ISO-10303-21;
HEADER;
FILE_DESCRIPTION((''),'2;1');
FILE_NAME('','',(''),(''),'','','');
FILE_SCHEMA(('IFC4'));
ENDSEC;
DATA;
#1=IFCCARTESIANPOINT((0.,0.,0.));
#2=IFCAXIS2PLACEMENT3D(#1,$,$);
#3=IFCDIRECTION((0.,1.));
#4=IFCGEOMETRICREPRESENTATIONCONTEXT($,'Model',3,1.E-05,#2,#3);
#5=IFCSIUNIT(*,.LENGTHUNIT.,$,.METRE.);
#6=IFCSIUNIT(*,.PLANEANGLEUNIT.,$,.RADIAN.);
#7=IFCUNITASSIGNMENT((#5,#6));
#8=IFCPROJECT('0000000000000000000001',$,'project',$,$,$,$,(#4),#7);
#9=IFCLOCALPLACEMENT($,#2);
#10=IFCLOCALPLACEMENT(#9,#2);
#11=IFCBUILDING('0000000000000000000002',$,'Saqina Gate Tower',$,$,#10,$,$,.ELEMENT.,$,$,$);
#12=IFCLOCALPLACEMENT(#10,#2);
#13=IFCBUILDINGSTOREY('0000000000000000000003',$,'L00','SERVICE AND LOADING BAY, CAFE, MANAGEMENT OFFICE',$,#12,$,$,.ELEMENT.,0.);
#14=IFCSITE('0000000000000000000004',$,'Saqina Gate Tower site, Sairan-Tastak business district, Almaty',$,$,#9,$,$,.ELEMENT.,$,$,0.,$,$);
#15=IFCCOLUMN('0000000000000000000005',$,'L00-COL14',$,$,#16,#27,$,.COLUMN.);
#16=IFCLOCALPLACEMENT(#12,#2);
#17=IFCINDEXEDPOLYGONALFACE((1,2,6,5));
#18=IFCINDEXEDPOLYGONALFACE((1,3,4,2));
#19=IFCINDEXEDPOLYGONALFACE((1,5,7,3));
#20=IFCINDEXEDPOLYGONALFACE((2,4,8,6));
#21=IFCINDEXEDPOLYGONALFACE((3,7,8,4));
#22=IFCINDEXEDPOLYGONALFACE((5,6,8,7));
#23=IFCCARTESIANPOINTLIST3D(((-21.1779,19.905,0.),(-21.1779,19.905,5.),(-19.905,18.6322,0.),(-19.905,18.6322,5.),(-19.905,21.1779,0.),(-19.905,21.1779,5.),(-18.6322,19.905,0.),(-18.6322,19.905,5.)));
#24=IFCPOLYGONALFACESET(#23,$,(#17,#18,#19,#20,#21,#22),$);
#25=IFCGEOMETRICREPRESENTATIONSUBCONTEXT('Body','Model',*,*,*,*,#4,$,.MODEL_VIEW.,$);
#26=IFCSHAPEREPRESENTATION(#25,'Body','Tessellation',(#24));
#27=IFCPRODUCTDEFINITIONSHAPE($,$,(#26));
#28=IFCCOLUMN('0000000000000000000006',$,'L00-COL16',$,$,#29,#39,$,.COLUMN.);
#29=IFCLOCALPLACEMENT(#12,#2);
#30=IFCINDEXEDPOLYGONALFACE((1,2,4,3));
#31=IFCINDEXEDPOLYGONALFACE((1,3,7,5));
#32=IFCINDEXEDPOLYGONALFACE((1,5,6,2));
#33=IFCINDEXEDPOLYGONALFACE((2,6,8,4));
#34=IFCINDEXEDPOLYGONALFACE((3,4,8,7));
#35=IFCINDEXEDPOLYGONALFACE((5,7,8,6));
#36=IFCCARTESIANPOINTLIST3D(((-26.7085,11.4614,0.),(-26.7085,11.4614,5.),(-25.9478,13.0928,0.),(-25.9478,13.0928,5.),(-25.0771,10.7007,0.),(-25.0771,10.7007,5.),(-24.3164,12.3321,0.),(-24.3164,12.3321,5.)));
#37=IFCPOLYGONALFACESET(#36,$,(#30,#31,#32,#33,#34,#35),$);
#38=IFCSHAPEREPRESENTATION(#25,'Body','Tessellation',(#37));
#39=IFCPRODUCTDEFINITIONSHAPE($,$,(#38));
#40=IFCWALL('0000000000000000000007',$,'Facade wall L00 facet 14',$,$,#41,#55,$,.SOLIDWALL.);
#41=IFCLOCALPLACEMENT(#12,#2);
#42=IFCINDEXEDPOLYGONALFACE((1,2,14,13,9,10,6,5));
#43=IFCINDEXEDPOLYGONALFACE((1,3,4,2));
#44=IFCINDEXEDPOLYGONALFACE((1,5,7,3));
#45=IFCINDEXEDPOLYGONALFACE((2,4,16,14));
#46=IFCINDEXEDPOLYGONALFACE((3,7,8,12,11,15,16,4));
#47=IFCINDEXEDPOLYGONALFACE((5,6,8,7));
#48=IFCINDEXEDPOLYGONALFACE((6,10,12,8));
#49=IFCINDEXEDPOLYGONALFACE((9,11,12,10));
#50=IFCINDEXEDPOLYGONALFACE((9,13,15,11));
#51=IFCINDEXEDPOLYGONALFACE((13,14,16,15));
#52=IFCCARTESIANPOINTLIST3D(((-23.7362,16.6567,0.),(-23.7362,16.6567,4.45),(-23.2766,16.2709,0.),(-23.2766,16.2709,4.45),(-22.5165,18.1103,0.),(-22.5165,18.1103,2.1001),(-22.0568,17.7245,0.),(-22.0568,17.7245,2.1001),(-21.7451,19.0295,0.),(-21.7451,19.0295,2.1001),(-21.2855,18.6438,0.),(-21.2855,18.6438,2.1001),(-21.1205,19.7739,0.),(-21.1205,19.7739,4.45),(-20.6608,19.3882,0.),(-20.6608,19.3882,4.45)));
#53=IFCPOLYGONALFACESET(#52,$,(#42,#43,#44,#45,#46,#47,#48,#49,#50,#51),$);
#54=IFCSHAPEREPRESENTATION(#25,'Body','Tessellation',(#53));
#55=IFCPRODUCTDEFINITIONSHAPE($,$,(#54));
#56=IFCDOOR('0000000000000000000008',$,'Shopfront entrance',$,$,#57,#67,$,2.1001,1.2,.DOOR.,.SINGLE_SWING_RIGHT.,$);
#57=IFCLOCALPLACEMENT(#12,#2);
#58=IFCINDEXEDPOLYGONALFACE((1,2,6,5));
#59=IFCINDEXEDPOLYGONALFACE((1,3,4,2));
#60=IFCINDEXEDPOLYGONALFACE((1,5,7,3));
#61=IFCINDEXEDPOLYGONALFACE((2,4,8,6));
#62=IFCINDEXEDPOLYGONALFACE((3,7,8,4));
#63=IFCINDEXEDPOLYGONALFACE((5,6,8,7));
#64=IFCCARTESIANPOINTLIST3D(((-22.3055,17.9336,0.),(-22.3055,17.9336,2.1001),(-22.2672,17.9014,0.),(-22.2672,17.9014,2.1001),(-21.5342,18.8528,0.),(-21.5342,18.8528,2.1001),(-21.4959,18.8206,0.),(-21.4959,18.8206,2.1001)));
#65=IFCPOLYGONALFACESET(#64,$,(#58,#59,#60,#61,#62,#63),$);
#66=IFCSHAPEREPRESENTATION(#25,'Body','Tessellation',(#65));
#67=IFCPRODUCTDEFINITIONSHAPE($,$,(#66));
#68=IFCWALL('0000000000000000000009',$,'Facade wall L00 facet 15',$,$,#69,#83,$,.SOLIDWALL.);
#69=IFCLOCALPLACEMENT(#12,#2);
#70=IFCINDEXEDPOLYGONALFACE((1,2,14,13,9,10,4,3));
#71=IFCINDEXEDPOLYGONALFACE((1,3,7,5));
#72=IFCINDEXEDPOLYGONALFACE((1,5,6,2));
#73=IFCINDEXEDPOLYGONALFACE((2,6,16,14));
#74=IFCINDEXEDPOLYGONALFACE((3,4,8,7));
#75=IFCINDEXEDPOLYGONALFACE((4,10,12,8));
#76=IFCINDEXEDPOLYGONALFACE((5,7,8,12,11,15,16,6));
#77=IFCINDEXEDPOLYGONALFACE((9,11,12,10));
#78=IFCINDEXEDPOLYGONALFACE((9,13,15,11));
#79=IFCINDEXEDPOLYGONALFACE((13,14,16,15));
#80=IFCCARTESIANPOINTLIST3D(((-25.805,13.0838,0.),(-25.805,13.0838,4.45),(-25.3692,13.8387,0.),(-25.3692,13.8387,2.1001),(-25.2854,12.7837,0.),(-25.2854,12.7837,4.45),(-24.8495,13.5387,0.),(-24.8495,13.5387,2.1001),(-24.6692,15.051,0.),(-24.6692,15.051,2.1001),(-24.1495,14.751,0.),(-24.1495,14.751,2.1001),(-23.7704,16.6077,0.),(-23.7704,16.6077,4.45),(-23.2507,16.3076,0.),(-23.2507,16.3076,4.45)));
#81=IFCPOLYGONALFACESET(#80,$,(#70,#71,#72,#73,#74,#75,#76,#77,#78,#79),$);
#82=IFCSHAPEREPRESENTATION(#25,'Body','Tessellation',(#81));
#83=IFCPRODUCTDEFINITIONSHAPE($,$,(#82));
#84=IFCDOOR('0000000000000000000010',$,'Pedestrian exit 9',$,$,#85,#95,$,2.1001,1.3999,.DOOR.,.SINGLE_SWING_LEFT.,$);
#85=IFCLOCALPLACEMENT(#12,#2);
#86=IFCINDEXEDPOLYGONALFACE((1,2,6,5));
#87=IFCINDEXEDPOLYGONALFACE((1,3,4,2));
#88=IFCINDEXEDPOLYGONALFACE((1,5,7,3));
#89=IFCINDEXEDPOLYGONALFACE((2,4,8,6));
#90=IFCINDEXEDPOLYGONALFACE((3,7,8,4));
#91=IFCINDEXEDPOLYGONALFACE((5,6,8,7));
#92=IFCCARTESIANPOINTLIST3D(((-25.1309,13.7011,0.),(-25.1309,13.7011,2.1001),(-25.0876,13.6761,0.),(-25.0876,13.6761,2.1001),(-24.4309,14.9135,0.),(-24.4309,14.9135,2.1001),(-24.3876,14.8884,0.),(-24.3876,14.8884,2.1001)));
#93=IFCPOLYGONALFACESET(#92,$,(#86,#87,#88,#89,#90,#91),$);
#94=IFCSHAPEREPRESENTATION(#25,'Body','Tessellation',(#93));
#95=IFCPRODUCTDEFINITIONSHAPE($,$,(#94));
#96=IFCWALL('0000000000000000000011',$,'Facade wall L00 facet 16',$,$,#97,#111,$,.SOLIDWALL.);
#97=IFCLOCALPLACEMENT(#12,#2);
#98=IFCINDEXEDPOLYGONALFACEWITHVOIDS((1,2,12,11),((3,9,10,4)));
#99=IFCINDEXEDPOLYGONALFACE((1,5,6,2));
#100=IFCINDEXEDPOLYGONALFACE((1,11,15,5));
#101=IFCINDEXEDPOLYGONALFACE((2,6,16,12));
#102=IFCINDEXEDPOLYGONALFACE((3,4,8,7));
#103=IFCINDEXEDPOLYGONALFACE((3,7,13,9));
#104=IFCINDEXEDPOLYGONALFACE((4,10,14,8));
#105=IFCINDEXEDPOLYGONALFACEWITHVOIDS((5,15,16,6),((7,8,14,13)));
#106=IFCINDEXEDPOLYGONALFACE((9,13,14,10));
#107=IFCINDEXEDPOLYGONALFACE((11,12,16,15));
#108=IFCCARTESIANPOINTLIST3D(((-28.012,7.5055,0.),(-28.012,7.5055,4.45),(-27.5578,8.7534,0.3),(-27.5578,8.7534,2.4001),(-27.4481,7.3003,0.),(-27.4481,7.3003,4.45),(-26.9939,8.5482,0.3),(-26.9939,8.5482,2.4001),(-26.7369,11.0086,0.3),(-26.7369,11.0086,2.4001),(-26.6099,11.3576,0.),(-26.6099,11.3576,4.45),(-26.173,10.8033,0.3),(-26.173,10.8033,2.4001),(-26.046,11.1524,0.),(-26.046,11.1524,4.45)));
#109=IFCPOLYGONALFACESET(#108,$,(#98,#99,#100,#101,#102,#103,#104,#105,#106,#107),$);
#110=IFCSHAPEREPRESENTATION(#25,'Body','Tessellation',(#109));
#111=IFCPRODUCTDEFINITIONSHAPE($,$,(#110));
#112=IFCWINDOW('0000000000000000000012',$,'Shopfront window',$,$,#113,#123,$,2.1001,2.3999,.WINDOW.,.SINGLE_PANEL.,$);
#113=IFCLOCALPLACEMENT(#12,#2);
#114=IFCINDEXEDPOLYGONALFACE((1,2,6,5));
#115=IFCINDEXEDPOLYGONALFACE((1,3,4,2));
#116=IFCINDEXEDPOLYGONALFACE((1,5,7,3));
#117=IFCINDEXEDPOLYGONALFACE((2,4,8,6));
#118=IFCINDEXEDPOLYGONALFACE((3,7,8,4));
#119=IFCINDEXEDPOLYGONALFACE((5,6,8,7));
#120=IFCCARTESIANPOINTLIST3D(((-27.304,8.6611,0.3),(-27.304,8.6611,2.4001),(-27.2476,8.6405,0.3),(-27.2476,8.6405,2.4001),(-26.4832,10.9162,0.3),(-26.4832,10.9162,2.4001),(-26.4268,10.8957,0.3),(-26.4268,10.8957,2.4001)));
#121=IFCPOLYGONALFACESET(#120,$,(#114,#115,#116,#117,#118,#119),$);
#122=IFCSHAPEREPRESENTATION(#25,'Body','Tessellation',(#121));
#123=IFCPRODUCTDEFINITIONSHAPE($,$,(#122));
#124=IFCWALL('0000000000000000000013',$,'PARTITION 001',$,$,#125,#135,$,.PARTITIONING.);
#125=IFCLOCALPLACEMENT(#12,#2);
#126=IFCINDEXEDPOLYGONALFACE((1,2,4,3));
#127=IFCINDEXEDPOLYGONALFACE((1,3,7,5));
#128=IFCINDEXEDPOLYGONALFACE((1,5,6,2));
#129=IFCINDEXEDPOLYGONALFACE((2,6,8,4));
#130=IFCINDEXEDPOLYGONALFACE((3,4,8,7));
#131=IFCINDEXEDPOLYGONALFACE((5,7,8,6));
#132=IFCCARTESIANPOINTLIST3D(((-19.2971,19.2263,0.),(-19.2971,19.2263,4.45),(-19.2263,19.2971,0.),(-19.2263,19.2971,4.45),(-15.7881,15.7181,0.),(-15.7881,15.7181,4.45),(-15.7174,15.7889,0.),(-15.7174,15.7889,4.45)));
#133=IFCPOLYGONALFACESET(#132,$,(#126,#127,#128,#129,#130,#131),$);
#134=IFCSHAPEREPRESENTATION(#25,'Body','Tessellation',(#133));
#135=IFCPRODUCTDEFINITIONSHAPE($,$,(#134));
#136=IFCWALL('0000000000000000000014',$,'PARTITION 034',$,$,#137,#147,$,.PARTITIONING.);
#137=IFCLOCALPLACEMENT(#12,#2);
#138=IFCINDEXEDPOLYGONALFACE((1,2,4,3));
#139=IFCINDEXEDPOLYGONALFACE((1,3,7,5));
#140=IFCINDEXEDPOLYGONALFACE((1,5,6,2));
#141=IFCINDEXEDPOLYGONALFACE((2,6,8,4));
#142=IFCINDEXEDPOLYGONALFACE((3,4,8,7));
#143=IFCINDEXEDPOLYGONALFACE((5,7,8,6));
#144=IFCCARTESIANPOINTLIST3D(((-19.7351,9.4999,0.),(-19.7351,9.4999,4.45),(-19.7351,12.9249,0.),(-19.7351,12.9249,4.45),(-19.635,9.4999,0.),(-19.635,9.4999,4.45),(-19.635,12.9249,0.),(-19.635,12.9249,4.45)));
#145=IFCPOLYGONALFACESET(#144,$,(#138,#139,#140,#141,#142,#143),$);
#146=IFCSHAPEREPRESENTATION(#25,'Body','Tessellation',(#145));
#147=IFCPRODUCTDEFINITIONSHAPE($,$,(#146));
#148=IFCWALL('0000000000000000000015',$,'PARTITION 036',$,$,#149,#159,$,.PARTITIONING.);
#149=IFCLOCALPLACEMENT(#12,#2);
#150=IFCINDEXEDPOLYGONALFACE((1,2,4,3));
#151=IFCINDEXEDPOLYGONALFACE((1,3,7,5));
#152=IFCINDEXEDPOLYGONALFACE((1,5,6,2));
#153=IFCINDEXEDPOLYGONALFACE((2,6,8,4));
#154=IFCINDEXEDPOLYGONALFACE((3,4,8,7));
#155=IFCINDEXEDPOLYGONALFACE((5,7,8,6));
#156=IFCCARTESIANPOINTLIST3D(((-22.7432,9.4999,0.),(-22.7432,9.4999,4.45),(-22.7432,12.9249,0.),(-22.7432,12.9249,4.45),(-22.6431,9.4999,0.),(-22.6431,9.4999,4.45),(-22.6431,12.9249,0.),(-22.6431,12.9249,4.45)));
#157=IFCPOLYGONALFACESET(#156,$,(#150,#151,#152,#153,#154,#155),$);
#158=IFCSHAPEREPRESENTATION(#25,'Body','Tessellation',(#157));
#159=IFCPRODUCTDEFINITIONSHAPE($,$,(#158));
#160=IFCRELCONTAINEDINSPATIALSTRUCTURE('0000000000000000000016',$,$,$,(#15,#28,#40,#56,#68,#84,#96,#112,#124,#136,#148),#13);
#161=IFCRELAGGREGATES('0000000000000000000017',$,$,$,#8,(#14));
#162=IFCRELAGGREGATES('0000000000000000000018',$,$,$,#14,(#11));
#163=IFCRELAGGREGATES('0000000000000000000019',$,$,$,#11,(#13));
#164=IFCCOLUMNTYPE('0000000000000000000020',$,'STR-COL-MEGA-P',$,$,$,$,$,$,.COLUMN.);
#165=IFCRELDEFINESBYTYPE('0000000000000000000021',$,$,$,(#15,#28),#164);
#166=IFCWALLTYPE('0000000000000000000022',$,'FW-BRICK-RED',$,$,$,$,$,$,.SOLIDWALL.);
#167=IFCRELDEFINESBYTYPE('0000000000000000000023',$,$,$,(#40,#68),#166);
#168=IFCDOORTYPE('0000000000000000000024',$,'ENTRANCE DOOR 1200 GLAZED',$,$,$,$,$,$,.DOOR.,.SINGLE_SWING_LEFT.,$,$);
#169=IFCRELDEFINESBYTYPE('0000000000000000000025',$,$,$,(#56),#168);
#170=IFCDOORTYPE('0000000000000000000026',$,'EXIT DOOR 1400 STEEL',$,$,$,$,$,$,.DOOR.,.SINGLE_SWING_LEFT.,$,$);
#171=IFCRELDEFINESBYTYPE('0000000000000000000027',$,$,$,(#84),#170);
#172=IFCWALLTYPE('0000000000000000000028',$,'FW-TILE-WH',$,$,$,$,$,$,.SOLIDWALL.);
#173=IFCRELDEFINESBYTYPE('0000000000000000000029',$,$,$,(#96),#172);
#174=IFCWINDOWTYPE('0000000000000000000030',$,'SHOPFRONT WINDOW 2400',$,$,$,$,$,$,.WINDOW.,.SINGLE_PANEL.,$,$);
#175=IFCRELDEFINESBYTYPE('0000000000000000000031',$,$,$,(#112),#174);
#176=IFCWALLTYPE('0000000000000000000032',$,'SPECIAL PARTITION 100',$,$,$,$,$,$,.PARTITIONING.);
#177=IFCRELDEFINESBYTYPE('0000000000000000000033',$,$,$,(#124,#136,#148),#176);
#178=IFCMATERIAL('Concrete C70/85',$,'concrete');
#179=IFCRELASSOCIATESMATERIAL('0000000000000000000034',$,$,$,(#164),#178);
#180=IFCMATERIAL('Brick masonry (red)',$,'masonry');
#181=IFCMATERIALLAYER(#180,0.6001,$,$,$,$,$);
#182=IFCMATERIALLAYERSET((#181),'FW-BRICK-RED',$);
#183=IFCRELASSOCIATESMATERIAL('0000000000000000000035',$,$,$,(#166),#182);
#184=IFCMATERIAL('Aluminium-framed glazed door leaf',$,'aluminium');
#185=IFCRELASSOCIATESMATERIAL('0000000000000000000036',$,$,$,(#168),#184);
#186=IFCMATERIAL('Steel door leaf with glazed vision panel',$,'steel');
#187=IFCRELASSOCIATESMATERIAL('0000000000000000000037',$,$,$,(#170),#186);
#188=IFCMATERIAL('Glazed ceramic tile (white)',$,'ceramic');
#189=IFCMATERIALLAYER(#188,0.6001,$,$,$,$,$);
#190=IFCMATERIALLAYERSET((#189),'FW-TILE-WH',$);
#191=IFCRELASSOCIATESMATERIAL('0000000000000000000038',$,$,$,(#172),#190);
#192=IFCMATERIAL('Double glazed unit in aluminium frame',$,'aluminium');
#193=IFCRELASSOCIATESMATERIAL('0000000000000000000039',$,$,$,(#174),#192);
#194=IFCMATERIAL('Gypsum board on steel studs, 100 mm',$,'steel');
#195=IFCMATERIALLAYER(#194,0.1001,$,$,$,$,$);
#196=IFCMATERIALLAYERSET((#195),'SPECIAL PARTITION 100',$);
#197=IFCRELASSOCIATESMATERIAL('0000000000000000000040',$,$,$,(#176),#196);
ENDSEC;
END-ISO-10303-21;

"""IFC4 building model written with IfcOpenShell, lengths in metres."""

from ifc_helpers import new_model, si_unit, direction, frame, frame_2d, origin, origin_2d, place, context, subcontext, project, spatial, rectangle, extrude, material, layer, layer_set, material_profile, profile_set, type_object, element, fill, save


model = new_model("IFC4")

# Units and contexts
model_context = context("Model", 3, precision=1e-05, world=origin(), true_north=direction((0.0, 1.0)))
body_context = subcontext(model_context, "Body", "Model", "MODEL_VIEW")
ifc_project = project(units=[si_unit("LENGTHUNIT", "METRE"), si_unit("PLANEANGLEUNIT", "RADIAN")], contexts=[model_context])

# Site, building, storey
site_placement = place(None, origin())
site = spatial("IfcSite", under=ifc_project, at=site_placement, Name="Saqina Gate Tower site, Sairan-Tastak business district, Almaty", CompositionType="ELEMENT", RefElevation=0.0)
building_placement = place(site_placement, origin())
building = spatial("IfcBuilding", under=site, at=building_placement, Name="Saqina Gate Tower", CompositionType="ELEMENT")
storey_placement = place(building_placement, origin())
storey = spatial("IfcBuildingStorey", under=building, at=storey_placement, Name="L00", Description="SERVICE AND LOADING BAY, CAFE, MANAGEMENT OFFICE", CompositionType="ELEMENT", Elevation=0.0)

# Columns
ifc_material_1 = material(Name="Concrete C70/85", Category="concrete")
ifc_material_profile = material_profile(ifc_material_1, rectangle(XDim=1.8, YDim=1.8, at=origin_2d()), Name="RC 1800x1800")
ifc_profile_set = profile_set([ifc_material_profile], Name="Concrete C70/85")
column_type = type_object("IfcColumnType", Name="STR-COL-MEGA-P", PredefinedType="COLUMN", material=ifc_profile_set)
for number, where, z_axis, x_axis, name in (
    (1, (-19.905, 19.905, 0.0), (0.0, 0.0, 1.0), (-0.707107, 0.707107, 0.0), "L00-COL14"),
    (2, (-25.5125, 11.8967, 0.0), (0.0, 0.0, 1.0), (-0.906308, 0.422618, 0.0), "L00-COL16"),
):
    element("IfcColumn", number, at=place(storey_placement, frame(where, z_axis=z_axis, x_axis=x_axis)), inside=storey, type_object=column_type, Name=name, PredefinedType="COLUMN", context=body_context, shape_type="SweptSolid", body=[
        extrude(rectangle(XDim=1.8, YDim=1.8, at=origin_2d()), origin(), (0.0, 0.0, 1.0), 5.0),
    ])

# Walls, openings, doors
ifc_material_2 = material(Name="Brick masonry (red)", Category="masonry")
ifc_layer_1 = layer(ifc_material_2, 0.6001)
ifc_layer_set_1 = layer_set([ifc_layer_1], Name="FW-BRICK-RED")
wall_type_1 = type_object("IfcWallType", Name="FW-BRICK-RED", PredefinedType="SOLIDWALL", material=ifc_layer_set_1)
wall_1_placement = place(storey_placement, frame((-20.8906, 19.5811, 0.0), z_axis=(0.0, 0.0, 1.0), x_axis=(-0.642801, -0.766033, 0.0)))
wall_1 = element("IfcWall", 3, at=wall_1_placement, inside=storey, type_object=wall_type_1, Name="Facade wall L00 facet 14", PredefinedType="SOLIDWALL", context=body_context, shape_type="SweptSolid", body=[
    extrude(rectangle(XDim=4.0693, YDim=0.6001, at=frame_2d((2.0347, 0.0))), origin(), (0.0, 0.0, 1.0), 4.45),
])
opening_1_placement = place(wall_1_placement, frame((0.9717, 0.0, 0.0)))
opening_1 = element("IfcOpeningElement", 4, at=opening_1_placement, cuts=wall_1, PredefinedType="OPENING", context=body_context, shape_type="SweptSolid", body=[
    extrude(rectangle(XDim=1.2, YDim=2.1001, at=frame_2d((0.6001, 1.05))), frame((0.0, 0.312, 0.0), z_axis=(0.0, -1.0, 0.0), x_axis=(1.0, 0.0, 0.0)), (0.0, 0.0, 1.0), 0.624),
])
ifc_material_3 = material(Name="Aluminium-framed glazed door leaf", Category="aluminium")
door_type_1 = type_object("IfcDoorType", Name="ENTRANCE DOOR 1200 GLAZED", OperationType="SINGLE_SWING_LEFT", PredefinedType="DOOR", material=ifc_material_3)
door_1_placement = place(opening_1_placement, frame((1.2, 0.0, 0.0), z_axis=(0.0, 0.0, 1.0), x_axis=(-1.0, 0.0, 0.0)))
door_1 = element("IfcDoor", 5, at=door_1_placement, inside=storey, type_object=door_type_1, Name="Shopfront entrance", OperationType="SINGLE_SWING_RIGHT", OverallHeight=2.1001, OverallWidth=1.2, PredefinedType="DOOR", context=body_context, shape_type="SweptSolid", body=[
    extrude(rectangle(XDim=1.2, YDim=2.1001, at=frame_2d((0.6001, 1.05))), frame((0.0, 0.0249, 0.0), z_axis=(0.0, -1.0, 0.0), x_axis=(1.0, 0.0, 0.0)), (0.0, 0.0, 1.0), 0.05),
])
fill(opening_1, door_1)
wall_2_placement = place(storey_placement, frame((-23.5105, 16.4578, 0.0), z_axis=(0.0, 0.0, 1.0), x_axis=(-0.500024, -0.866012, 0.0)))
wall_2 = element("IfcWall", 6, at=wall_2_placement, inside=storey, type_object=wall_type_1, Name="Facade wall L00 facet 15", PredefinedType="SOLIDWALL", context=body_context, shape_type="SweptSolid", body=[
    extrude(rectangle(XDim=4.0691, YDim=0.6001, at=frame_2d((2.0347, 0.0))), origin(), (0.0, 0.0, 1.0), 4.45),
])
opening_2_placement = place(wall_2_placement, frame((1.7976, 0.0, 0.0)))
opening_2 = element("IfcOpeningElement", 7, at=opening_2_placement, cuts=wall_2, PredefinedType="OPENING", context=body_context, shape_type="SweptSolid", body=[
    extrude(rectangle(XDim=1.3999, YDim=2.1001, at=frame_2d((0.7, 1.05))), frame((0.0, 0.312, 0.0), z_axis=(0.0, -1.0, 0.0), x_axis=(1.0, 0.0, 0.0)), (0.0, 0.0, 1.0), 0.624),
])
ifc_material_4 = material(Name="Steel door leaf with glazed vision panel", Category="steel")
door_type_2 = type_object("IfcDoorType", Name="EXIT DOOR 1400 STEEL", OperationType="SINGLE_SWING_LEFT", PredefinedType="DOOR", material=ifc_material_4)
door_2_placement = place(opening_2_placement, frame((1.3999, 0.0, 0.0), z_axis=(0.0, 0.0, 1.0), x_axis=(-1.0, 0.0, 0.0)))
door_2 = element("IfcDoor", 8, at=door_2_placement, inside=storey, type_object=door_type_2, Name="Pedestrian exit 9", OperationType="SINGLE_SWING_LEFT", OverallHeight=2.1001, OverallWidth=1.3999, PredefinedType="DOOR", context=body_context, shape_type="SweptSolid", body=[
    extrude(rectangle(XDim=1.3999, YDim=2.1001, at=frame_2d((0.7, 1.05))), frame((0.0, 0.0249, 0.0), z_axis=(0.0, -1.0, 0.0), x_axis=(1.0, 0.0, 0.0)), (0.0, 0.0, 1.0), 0.05),
])
fill(opening_2, door_2)

# Wall, opening, window
ifc_material_5 = material(Name="Glazed ceramic tile (white)", Category="ceramic")
ifc_layer_2 = layer(ifc_material_5, 0.6001)
ifc_layer_set_2 = layer_set([ifc_layer_2], Name="FW-TILE-WH")
wall_type_2 = type_object("IfcWallType", Name="FW-TILE-WH", PredefinedType="SOLIDWALL", material=ifc_layer_set_2)
wall_3_placement = place(storey_placement, frame((-26.3279, 11.2551, 0.0), z_axis=(0.0, 0.0, 1.0), x_axis=(-0.342035, -0.939687, 0.0)))
wall_3 = element("IfcWall", 9, at=wall_3_placement, inside=storey, type_object=wall_type_2, Name="Facade wall L00 facet 16", PredefinedType="SOLIDWALL", context=body_context, shape_type="SweptSolid", body=[
    extrude(rectangle(XDim=4.0994, YDim=0.6001, at=frame_2d((2.0498, 0.0))), origin(), (0.0, 0.0, 1.0), 4.45),
])
opening_3_placement = place(wall_3_placement, frame((0.3716, 0.0, 0.3)))
opening_3 = element("IfcOpeningElement", 10, at=opening_3_placement, cuts=wall_3, PredefinedType="OPENING", context=body_context, shape_type="SweptSolid", body=[
    extrude(rectangle(XDim=2.3999, YDim=2.1001, at=frame_2d((1.2, 1.05))), frame((0.0, 0.312, 0.0), z_axis=(0.0, -1.0, 0.0), x_axis=(1.0, 0.0, 0.0)), (0.0, 0.0, 1.0), 0.624),
])
ifc_material_6 = material(Name="Double glazed unit in aluminium frame", Category="aluminium")
window_type = type_object("IfcWindowType", Name="SHOPFRONT WINDOW 2400", PartitioningType="SINGLE_PANEL", PredefinedType="WINDOW", material=ifc_material_6)
window_placement = place(opening_3_placement, origin())
window = element("IfcWindow", 11, at=window_placement, inside=storey, type_object=window_type, Name="Shopfront window", OverallHeight=2.1001, OverallWidth=2.3999, PartitioningType="SINGLE_PANEL", PredefinedType="WINDOW", context=body_context, shape_type="SweptSolid", body=[
    extrude(rectangle(XDim=2.3999, YDim=2.1001, at=frame_2d((1.2, 1.05))), frame((0.0, 0.03, 0.0), z_axis=(0.0, -1.0, 0.0), x_axis=(1.0, 0.0, 0.0)), (0.0, 0.0, 1.0), 0.0601),
])
fill(opening_3, window)

# Walls
ifc_material_7 = material(Name="Gypsum board on steel studs, 100 mm", Category="steel")
ifc_layer_3 = layer(ifc_material_7, 0.1001)
ifc_layer_set_3 = layer_set([ifc_layer_3], Name="SPECIAL PARTITION 100")
wall_type_3 = type_object("IfcWallType", Name="SPECIAL PARTITION 100", PredefinedType="PARTITIONING", material=ifc_layer_set_3)
wall_4_placement = place(storey_placement, frame((-19.2617, 19.2617, 0.0), z_axis=(0.0, 0.0, 1.0), x_axis=(0.707181, -0.707033, 0.0)))
element("IfcWall", 12, at=wall_4_placement, inside=storey, type_object=wall_type_3, Name="PARTITION 001", PredefinedType="PARTITIONING", context=body_context, shape_type="SweptSolid", body=[
    extrude(rectangle(XDim=4.9619, YDim=0.1001, at=frame_2d((2.481, 0.0))), origin(), (0.0, 0.0, 1.0), 4.45),
])
for number, where, z_axis, x_axis, name in (
    (13, (-19.6851, 9.5, 0.0), (0.0, 0.0, 1.0), (0.0, 1.0, 0.0), "PARTITION 034"),
    (14, (-22.6931, 9.5, 0.0), (0.0, 0.0, 1.0), (0.0, 1.0, 0.0), "PARTITION 036"),
):
    element("IfcWall", number, at=place(storey_placement, frame(where, z_axis=z_axis, x_axis=x_axis)), inside=storey, type_object=wall_type_3, Name=name, PredefinedType="PARTITIONING", context=body_context, shape_type="SweptSolid", body=[
        extrude(rectangle(XDim=3.425, YDim=0.1001, at=frame_2d((1.7124, 0.0))), origin(), (0.0, 0.0, 1.0), 4.45),
    ])

save(model, "model.ifc")
